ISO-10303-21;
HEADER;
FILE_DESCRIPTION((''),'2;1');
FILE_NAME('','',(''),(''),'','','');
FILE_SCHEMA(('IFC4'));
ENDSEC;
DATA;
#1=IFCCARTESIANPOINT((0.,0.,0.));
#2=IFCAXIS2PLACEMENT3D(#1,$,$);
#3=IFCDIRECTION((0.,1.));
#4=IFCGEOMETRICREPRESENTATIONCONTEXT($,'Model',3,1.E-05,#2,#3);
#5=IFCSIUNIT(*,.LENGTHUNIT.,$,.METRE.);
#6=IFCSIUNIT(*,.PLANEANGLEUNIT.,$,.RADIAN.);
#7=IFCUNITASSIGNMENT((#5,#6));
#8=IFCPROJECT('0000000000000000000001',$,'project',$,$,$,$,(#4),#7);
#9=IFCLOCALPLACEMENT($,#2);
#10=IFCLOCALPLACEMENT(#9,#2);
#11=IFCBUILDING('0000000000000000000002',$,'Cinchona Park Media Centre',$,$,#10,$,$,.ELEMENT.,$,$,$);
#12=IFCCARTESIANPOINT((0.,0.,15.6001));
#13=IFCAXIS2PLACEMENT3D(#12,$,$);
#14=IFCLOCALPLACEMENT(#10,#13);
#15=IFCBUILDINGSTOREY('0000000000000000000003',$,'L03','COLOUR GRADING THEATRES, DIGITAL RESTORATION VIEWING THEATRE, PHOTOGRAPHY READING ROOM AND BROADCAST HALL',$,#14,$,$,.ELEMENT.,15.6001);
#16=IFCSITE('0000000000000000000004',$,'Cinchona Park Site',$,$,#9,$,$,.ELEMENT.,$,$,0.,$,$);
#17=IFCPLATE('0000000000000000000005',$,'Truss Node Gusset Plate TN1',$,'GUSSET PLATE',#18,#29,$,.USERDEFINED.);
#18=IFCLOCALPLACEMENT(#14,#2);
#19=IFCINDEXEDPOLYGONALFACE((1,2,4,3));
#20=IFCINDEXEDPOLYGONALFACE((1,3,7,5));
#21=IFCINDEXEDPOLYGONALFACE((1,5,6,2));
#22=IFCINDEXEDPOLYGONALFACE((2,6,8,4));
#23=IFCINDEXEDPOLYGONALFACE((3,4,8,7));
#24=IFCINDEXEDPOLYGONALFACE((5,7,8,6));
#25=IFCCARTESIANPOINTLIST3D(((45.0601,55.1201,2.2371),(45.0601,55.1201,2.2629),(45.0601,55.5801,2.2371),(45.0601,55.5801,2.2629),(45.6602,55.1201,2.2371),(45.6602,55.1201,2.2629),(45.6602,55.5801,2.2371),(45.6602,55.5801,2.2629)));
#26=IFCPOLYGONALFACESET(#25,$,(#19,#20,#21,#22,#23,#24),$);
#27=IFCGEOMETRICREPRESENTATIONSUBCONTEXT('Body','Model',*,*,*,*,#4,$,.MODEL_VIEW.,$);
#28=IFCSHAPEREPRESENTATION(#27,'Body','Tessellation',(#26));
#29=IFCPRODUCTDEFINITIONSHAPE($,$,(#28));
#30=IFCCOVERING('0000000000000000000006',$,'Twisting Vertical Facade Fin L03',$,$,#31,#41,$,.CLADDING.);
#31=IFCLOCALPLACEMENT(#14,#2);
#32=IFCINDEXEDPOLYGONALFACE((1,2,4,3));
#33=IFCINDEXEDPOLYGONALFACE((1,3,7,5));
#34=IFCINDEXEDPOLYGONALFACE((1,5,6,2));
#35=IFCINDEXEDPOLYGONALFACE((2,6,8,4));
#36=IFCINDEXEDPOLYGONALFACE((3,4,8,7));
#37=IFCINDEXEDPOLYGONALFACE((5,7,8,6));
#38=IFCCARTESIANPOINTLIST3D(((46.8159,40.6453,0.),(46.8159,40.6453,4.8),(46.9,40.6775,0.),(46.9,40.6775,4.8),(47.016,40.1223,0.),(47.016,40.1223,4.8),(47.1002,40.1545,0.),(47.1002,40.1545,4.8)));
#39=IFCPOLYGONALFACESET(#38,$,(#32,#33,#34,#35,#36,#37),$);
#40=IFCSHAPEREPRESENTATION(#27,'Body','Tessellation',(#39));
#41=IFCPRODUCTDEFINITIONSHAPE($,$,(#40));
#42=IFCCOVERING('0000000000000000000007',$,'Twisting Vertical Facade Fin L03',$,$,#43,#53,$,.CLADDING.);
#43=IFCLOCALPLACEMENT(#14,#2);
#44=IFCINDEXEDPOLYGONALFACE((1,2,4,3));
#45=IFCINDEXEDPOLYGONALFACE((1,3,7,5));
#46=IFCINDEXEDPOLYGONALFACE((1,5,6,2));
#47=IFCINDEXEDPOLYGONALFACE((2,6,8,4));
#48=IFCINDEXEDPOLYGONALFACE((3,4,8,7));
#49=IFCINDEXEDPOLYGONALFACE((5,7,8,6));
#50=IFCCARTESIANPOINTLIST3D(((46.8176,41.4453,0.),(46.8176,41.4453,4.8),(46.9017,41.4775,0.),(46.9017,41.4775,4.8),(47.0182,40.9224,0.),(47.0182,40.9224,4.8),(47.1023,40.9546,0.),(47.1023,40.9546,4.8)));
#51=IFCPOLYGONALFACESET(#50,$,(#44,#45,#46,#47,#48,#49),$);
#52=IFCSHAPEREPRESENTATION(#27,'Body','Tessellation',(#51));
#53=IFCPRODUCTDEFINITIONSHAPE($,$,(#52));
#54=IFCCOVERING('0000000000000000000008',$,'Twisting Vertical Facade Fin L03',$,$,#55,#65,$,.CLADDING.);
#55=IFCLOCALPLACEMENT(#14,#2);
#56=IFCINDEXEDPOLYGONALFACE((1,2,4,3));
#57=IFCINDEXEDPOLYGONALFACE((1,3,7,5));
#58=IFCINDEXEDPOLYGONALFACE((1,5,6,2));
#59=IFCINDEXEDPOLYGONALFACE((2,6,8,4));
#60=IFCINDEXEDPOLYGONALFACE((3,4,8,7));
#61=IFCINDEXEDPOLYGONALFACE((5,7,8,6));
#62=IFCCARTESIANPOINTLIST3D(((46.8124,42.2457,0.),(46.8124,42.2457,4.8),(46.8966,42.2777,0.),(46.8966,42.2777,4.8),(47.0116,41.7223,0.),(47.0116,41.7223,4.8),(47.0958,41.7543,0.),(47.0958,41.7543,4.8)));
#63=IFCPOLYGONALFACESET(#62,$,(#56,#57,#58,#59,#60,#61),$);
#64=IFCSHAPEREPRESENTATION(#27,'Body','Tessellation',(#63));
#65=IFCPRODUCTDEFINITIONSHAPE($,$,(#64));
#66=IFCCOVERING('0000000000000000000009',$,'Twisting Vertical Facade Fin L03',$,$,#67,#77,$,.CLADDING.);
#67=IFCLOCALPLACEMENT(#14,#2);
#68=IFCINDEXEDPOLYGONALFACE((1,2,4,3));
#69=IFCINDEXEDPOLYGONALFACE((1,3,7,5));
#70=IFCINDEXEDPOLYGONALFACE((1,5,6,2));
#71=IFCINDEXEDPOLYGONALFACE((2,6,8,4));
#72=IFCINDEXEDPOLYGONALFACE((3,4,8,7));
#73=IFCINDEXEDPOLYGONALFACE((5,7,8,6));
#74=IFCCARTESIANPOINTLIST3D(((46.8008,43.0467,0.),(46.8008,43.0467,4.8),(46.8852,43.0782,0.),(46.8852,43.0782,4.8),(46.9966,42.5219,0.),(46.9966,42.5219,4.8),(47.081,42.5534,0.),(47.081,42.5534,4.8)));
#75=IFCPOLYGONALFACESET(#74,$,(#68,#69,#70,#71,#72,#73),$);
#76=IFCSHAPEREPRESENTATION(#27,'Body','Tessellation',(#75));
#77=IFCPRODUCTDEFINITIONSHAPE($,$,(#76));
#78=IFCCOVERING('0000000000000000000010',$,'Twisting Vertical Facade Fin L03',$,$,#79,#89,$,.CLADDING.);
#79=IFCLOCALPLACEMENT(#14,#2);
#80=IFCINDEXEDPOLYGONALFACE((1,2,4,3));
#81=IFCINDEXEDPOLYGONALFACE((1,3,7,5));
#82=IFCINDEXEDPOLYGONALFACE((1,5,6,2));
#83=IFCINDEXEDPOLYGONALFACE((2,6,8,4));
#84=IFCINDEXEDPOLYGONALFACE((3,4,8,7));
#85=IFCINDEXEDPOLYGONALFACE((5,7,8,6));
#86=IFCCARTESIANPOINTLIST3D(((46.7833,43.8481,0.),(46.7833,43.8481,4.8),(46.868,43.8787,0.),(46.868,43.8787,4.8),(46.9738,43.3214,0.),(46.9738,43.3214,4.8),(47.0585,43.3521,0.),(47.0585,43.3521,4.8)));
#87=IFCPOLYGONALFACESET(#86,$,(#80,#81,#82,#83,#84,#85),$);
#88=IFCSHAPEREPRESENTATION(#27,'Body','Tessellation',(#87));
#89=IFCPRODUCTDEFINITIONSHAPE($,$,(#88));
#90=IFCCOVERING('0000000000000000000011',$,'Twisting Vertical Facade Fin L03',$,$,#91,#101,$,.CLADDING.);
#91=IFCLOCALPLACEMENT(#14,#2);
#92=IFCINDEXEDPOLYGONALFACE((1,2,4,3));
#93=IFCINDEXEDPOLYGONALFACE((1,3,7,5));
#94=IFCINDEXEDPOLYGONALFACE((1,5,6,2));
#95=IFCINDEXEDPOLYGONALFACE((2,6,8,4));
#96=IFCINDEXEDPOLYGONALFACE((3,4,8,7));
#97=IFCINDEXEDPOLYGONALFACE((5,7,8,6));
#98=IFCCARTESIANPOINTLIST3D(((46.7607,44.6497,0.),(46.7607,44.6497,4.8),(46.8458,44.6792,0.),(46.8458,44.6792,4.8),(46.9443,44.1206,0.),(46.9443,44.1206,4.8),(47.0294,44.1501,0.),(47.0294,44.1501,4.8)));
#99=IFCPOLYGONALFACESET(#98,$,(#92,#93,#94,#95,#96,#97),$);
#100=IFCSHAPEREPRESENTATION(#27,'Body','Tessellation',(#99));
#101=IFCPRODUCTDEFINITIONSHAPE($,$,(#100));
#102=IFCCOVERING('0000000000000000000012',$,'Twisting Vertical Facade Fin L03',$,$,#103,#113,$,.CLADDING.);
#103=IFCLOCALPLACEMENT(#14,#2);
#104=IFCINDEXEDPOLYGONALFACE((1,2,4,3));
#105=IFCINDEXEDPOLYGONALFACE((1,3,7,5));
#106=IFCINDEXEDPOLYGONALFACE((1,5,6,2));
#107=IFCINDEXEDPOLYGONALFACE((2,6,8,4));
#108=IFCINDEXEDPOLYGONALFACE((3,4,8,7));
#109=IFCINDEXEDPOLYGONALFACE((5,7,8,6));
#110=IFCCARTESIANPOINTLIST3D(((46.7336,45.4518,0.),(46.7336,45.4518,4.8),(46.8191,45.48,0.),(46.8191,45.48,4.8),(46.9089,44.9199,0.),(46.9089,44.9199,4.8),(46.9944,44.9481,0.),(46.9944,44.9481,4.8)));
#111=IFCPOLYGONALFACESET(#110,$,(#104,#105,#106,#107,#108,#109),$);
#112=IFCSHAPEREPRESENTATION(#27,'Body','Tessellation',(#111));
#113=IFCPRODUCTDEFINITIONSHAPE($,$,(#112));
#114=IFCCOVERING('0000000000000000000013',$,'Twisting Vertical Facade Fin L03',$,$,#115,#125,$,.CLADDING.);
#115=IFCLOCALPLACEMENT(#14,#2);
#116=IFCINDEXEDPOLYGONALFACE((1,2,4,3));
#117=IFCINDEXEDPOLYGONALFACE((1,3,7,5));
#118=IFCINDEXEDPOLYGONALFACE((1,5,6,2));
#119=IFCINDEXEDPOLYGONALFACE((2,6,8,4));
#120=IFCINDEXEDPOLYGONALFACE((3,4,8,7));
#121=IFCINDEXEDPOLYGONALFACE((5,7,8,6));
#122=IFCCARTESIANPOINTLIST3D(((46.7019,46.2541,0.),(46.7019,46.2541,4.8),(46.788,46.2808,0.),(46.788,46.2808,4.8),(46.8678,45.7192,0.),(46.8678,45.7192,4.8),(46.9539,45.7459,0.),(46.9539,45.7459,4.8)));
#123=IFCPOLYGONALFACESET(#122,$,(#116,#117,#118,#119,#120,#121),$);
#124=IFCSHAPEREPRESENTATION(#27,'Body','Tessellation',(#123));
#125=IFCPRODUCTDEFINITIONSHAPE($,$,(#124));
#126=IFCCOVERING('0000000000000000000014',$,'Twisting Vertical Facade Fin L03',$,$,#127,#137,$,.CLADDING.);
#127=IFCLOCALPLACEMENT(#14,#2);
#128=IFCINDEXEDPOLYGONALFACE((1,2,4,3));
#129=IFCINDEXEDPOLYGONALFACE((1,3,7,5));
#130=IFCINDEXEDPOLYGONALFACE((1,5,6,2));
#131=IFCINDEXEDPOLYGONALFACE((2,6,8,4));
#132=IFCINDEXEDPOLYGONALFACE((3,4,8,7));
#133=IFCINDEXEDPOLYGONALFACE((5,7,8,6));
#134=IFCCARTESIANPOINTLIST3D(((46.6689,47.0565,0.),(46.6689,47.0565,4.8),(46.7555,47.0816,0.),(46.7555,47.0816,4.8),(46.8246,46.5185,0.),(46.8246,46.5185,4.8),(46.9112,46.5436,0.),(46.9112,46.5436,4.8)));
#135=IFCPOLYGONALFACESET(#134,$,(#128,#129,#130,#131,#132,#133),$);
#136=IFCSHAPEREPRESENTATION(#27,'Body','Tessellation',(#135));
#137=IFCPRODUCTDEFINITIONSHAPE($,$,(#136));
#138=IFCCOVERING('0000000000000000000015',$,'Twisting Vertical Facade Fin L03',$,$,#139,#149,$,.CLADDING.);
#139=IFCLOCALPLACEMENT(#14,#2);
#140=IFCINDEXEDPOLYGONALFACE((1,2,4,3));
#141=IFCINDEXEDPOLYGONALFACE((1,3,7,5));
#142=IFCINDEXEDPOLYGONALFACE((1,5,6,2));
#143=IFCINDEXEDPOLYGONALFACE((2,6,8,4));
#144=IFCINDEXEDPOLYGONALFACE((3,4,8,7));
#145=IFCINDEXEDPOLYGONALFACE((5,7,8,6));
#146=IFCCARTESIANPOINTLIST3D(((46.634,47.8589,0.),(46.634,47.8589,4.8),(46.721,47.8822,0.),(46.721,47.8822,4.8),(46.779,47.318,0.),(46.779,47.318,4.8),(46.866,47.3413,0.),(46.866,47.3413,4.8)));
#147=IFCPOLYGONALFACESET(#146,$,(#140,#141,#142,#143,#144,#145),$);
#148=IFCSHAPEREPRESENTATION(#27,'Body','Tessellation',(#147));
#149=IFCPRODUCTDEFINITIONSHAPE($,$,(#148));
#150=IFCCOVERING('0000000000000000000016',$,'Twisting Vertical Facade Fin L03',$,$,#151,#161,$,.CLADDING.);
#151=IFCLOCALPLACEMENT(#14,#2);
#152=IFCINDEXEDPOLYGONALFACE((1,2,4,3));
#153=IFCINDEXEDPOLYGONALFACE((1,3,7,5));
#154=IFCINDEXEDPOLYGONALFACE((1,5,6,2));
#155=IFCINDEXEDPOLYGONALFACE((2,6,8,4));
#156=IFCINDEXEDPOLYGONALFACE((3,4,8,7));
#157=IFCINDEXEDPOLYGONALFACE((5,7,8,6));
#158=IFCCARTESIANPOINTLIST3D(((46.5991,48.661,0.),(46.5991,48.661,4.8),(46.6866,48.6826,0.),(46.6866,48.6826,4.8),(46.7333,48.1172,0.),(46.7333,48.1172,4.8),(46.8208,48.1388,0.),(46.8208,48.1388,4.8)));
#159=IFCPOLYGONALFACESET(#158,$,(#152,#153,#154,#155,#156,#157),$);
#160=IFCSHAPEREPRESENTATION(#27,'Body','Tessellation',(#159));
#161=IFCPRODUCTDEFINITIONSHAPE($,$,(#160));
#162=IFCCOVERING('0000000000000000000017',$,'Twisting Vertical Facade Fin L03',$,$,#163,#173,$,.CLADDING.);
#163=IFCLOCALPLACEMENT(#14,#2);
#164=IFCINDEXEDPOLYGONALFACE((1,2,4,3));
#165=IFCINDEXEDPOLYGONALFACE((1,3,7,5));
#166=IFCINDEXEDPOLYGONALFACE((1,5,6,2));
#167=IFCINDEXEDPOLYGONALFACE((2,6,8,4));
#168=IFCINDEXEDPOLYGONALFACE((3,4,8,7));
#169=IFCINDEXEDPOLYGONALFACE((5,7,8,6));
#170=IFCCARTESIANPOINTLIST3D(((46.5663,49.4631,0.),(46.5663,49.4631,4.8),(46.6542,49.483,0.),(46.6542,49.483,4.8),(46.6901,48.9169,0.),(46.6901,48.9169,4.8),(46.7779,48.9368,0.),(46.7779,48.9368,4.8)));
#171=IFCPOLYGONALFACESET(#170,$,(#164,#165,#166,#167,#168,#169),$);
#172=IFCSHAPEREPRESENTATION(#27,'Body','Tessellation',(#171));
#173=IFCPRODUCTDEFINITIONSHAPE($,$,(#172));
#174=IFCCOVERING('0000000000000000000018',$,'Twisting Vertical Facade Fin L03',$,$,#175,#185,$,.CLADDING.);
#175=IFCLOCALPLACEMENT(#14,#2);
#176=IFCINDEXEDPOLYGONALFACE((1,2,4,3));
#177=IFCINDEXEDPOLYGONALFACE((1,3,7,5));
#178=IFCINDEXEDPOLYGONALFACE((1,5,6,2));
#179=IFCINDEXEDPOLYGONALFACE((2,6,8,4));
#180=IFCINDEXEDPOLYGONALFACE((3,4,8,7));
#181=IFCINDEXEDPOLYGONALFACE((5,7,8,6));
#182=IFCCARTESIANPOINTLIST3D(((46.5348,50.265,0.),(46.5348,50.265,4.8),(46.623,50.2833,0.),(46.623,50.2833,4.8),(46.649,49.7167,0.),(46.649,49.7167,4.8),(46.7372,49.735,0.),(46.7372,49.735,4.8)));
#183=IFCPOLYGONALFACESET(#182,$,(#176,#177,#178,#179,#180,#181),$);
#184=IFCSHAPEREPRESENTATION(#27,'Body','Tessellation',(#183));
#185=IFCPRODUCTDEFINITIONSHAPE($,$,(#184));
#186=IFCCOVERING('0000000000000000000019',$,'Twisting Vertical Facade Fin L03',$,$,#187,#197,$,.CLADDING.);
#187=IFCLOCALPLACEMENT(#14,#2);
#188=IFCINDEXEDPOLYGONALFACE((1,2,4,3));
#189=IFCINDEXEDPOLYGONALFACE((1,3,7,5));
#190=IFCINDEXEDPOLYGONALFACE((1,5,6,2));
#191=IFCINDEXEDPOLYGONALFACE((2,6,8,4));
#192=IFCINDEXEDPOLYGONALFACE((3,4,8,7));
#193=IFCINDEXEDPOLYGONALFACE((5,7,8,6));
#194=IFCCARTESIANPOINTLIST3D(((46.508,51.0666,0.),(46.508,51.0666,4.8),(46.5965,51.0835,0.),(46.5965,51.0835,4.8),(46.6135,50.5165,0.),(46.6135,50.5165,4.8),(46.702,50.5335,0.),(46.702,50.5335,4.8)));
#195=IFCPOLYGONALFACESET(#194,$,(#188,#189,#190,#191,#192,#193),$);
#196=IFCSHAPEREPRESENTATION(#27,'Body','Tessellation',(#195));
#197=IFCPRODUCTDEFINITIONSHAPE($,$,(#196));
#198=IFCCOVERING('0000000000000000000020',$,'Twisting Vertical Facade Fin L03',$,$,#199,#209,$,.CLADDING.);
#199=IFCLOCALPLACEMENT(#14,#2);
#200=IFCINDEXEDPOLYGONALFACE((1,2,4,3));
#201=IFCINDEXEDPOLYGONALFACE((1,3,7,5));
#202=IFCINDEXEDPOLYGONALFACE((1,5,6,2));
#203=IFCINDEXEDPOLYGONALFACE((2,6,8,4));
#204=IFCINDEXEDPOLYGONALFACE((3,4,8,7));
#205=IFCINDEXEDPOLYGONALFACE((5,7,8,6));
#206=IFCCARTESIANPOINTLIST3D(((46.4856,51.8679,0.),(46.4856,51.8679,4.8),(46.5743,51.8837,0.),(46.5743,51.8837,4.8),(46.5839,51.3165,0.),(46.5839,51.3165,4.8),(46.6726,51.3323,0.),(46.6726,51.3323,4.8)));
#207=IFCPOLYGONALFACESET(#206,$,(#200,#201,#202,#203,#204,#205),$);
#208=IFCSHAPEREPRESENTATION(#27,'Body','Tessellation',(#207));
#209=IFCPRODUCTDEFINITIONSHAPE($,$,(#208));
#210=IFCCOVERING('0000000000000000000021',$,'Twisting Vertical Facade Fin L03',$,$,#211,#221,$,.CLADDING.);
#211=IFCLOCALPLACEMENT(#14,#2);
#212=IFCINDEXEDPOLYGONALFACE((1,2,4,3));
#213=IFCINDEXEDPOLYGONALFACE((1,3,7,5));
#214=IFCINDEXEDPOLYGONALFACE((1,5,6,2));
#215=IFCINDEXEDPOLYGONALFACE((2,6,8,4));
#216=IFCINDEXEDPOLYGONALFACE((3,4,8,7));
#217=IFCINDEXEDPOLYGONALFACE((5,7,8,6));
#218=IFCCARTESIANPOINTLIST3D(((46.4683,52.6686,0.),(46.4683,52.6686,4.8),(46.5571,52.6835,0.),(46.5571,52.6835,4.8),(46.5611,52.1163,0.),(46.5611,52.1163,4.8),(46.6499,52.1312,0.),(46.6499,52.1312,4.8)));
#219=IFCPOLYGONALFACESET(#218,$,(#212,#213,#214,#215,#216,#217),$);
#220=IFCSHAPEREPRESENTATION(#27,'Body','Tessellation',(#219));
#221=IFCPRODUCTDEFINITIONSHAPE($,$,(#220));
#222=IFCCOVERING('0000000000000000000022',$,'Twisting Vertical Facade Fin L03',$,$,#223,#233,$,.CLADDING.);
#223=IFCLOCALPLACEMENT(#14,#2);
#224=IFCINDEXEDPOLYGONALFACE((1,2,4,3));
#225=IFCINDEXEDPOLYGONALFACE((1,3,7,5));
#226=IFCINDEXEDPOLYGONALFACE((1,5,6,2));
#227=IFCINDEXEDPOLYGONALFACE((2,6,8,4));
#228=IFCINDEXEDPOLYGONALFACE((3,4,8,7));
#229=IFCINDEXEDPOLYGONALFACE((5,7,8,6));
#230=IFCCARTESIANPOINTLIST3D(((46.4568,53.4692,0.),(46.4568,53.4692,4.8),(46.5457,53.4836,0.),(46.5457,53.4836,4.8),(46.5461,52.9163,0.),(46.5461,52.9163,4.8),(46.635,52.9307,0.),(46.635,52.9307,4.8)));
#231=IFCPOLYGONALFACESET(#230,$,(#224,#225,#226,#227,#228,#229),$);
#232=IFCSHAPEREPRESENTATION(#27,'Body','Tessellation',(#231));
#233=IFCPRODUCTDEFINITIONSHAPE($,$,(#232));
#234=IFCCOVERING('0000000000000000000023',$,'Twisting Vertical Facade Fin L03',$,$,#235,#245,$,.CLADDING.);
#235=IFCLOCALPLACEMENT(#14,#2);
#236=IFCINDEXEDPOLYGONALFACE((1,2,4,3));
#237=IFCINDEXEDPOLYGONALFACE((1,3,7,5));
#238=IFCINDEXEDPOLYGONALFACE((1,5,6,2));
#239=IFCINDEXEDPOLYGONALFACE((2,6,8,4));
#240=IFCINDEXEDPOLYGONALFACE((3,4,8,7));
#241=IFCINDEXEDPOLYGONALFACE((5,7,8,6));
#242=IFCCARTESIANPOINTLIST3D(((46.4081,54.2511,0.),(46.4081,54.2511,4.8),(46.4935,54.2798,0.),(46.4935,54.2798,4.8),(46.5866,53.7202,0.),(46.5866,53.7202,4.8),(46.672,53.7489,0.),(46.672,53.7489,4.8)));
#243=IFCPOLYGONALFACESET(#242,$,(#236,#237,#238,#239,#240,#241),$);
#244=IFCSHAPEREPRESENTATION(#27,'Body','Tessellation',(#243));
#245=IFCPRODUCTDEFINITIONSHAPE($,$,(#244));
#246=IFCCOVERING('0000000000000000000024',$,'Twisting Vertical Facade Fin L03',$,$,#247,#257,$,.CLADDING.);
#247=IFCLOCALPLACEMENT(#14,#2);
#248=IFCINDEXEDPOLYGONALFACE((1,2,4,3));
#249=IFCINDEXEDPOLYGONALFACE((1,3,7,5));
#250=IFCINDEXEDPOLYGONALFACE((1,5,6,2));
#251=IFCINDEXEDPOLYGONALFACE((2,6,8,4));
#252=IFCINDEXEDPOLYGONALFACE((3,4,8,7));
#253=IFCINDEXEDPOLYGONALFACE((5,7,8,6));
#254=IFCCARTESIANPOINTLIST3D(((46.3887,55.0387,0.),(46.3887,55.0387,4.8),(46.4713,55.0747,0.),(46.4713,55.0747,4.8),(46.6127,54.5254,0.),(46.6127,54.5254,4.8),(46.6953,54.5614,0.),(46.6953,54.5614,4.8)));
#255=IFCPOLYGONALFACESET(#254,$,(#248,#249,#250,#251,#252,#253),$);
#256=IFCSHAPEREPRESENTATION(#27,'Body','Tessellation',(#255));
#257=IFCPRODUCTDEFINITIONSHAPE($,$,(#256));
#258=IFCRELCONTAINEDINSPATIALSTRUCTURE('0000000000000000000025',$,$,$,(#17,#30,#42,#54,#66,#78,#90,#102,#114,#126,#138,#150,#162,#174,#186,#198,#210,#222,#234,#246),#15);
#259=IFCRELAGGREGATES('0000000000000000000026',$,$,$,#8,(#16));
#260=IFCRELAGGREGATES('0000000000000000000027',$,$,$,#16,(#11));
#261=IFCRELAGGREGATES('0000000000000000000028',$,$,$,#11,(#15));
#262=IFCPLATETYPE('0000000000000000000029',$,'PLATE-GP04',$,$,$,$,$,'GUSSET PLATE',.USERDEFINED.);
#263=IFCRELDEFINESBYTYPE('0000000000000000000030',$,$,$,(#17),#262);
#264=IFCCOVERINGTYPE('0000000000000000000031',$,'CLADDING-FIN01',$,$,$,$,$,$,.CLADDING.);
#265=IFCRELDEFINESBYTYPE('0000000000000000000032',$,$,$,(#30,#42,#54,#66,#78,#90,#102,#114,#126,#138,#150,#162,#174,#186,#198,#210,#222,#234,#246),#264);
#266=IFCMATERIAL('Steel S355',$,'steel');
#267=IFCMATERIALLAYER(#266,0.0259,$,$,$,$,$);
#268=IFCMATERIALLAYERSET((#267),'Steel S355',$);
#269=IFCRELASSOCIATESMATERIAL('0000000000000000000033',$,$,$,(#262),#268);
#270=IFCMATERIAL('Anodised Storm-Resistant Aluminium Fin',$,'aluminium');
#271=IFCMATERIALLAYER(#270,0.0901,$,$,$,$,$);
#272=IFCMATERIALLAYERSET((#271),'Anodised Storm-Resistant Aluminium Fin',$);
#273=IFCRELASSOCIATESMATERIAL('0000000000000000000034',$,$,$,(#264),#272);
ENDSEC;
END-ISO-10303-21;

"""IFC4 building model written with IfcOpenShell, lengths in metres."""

from ifc_helpers import new_model, si_unit, direction, frame, origin, origin_2d, place, context, subcontext, project, spatial, rectangle, extrude, material, layer, layer_set, type_object, element, save


model = new_model("IFC4")

# Units and contexts
model_context = context("Model", 3, precision=1e-05, world=origin(), true_north=direction((0.0, 1.0)))
body_context = subcontext(model_context, "Body", "Model", "MODEL_VIEW")
ifc_project = project(units=[si_unit("LENGTHUNIT", "METRE"), si_unit("PLANEANGLEUNIT", "RADIAN")], contexts=[model_context])

# Site, building, storey
site_placement = place(None, origin())
site = spatial("IfcSite", under=ifc_project, at=site_placement, Name="Cinchona Park Site", CompositionType="ELEMENT", RefElevation=0.0)
building_placement = place(site_placement, origin())
building = spatial("IfcBuilding", under=site, at=building_placement, Name="Cinchona Park Media Centre", CompositionType="ELEMENT")
storey_placement = place(building_placement, frame((0.0, 0.0, 15.6001)))
storey = spatial("IfcBuildingStorey", under=building, at=storey_placement, Name="L03", Description="COLOUR GRADING THEATRES, DIGITAL RESTORATION VIEWING THEATRE, PHOTOGRAPHY READING ROOM AND BROADCAST HALL", CompositionType="ELEMENT", Elevation=15.6001)

# Plate
ifc_material_1 = material(Name="Steel S355", Category="steel")
ifc_layer_1 = layer(ifc_material_1, 0.0259)
ifc_layer_set_1 = layer_set([ifc_layer_1], Name="Steel S355")
plate_type = type_object("IfcPlateType", Name="PLATE-GP04", ElementType="GUSSET PLATE", PredefinedType="USERDEFINED", material=ifc_layer_set_1)
plate_placement = place(storey_placement, frame((45.3601, 55.3501, 2.2371), z_axis=(0.0, 0.0, 1.0), x_axis=(1.0, 0.0, 0.0)))
element("IfcPlate", 1, at=plate_placement, inside=storey, type_object=plate_type, Name="Truss Node Gusset Plate TN1", ObjectType="GUSSET PLATE", PredefinedType="USERDEFINED", context=body_context, shape_type="SweptSolid", body=[
    extrude(rectangle(XDim=0.6001, YDim=0.46, at=origin_2d()), origin(), (0.0, 0.0, 1.0), 0.0259),
])

# Coverings
ifc_material_2 = material(Name="Anodised Storm-Resistant Aluminium Fin", Category="aluminium")
ifc_layer_2 = layer(ifc_material_2, 0.0901)
ifc_layer_set_2 = layer_set([ifc_layer_2], Name="Anodised Storm-Resistant Aluminium Fin")
covering_type = type_object("IfcCoveringType", Name="CLADDING-FIN01", PredefinedType="CLADDING", material=ifc_layer_set_2)
for number, where, z_axis, x_axis, name in (
    (2, (46.958, 40.3999, 0.0), (0.0, 0.0, 1.0), (-0.35739, 0.933955, 0.0), "Twisting Vertical Facade Fin L03"),
    (3, (46.96, 41.2, 0.0), (0.0, 0.0, 1.0), (-0.358205, 0.933643, 0.0), "Twisting Vertical Facade Fin L03"),
    (4, (46.9541, 42.0, 0.0), (0.0, 0.0, 1.0), (-0.355596, 0.93464, 0.0), "Twisting Vertical Facade Fin L03"),
    (5, (46.9409, 42.8, 0.0), (0.0, 0.0, 1.0), (-0.349553, 0.936916, 0.0), "Twisting Vertical Facade Fin L03"),
    (6, (46.9209, 43.6001, 0.0), (0.0, 0.0, 1.0), (-0.340215, 0.940348, 0.0), "Twisting Vertical Facade Fin L03"),
    (7, (46.895, 44.3999, 0.0), (0.0, 0.0, 1.0), (-0.327878, 0.94472, 0.0), "Twisting Vertical Facade Fin L03"),
    (8, (46.864, 45.2, 0.0), (0.0, 0.0, 1.0), (-0.312998, 0.949754, 0.0), "Twisting Vertical Facade Fin L03"),
    (9, (46.8279, 46.0, 0.0), (0.0, 0.0, 1.0), (-0.296208, 0.955123, 0.0), "Twisting Vertical Facade Fin L03"),
    (10, (46.79, 46.8, 0.0), (0.0, 0.0, 1.0), (-0.277985, 0.960585, 0.0), "Twisting Vertical Facade Fin L03"),
    (11, (46.75, 47.6001, 0.0), (0.0, 0.0, 1.0), (-0.258819, 0.965926, 0.0), "Twisting Vertical Facade Fin L03"),
    (12, (46.71, 48.3999, 0.0), (0.0, 0.0, 1.0), (-0.23955, 0.970884, 0.0), "Twisting Vertical Facade Fin L03"),
    (13, (46.6721, 49.2, 0.0), (0.0, 0.0, 1.0), (-0.221038, 0.975265, 0.0), "Twisting Vertical Facade Fin L03"),
    (14, (46.636, 50.0, 0.0), (0.0, 0.0, 1.0), (-0.203813, 0.97901, 0.0), "Twisting Vertical Facade Fin L03"),
    (15, (46.605, 50.8, 0.0), (0.0, 0.0, 1.0), (-0.18841, 0.98209, 0.0), "Twisting Vertical Facade Fin L03"),
    (16, (46.5791, 51.6001, 0.0), (0.0, 0.0, 1.0), (-0.175539, 0.984473, 0.0), "Twisting Vertical Facade Fin L03"),
    (17, (46.5591, 52.3999, 0.0), (0.0, 0.0, 1.0), (-0.165736, 0.98617, 0.0), "Twisting Vertical Facade Fin L03"),
    (18, (46.5459, 53.2, 0.0), (0.0, 0.0, 1.0), (-0.159364, 0.98722, 0.0), "Twisting Vertical Facade Fin L03"),
    (19, (46.54, 54.0, 0.0), (0.0, 0.0, 1.0), (-0.318794, 0.947824, 0.0), "Twisting Vertical Facade Fin L03"),
    (20, (46.542, 54.8, 0.0), (0.0, 0.0, 1.0), (-0.400029, 0.916502, 0.0), "Twisting Vertical Facade Fin L03"),
):
    element("IfcCovering", number, at=place(storey_placement, frame(where, z_axis=z_axis, x_axis=x_axis)), inside=storey, type_object=covering_type, Name=name, PredefinedType="CLADDING", context=body_context, shape_type="SweptSolid", body=[
        extrude(rectangle(XDim=0.5601, YDim=0.0901, at=origin_2d()), origin(), (0.0, 0.0, 1.0), 4.8),
    ])

save(model, "model.ifc")
